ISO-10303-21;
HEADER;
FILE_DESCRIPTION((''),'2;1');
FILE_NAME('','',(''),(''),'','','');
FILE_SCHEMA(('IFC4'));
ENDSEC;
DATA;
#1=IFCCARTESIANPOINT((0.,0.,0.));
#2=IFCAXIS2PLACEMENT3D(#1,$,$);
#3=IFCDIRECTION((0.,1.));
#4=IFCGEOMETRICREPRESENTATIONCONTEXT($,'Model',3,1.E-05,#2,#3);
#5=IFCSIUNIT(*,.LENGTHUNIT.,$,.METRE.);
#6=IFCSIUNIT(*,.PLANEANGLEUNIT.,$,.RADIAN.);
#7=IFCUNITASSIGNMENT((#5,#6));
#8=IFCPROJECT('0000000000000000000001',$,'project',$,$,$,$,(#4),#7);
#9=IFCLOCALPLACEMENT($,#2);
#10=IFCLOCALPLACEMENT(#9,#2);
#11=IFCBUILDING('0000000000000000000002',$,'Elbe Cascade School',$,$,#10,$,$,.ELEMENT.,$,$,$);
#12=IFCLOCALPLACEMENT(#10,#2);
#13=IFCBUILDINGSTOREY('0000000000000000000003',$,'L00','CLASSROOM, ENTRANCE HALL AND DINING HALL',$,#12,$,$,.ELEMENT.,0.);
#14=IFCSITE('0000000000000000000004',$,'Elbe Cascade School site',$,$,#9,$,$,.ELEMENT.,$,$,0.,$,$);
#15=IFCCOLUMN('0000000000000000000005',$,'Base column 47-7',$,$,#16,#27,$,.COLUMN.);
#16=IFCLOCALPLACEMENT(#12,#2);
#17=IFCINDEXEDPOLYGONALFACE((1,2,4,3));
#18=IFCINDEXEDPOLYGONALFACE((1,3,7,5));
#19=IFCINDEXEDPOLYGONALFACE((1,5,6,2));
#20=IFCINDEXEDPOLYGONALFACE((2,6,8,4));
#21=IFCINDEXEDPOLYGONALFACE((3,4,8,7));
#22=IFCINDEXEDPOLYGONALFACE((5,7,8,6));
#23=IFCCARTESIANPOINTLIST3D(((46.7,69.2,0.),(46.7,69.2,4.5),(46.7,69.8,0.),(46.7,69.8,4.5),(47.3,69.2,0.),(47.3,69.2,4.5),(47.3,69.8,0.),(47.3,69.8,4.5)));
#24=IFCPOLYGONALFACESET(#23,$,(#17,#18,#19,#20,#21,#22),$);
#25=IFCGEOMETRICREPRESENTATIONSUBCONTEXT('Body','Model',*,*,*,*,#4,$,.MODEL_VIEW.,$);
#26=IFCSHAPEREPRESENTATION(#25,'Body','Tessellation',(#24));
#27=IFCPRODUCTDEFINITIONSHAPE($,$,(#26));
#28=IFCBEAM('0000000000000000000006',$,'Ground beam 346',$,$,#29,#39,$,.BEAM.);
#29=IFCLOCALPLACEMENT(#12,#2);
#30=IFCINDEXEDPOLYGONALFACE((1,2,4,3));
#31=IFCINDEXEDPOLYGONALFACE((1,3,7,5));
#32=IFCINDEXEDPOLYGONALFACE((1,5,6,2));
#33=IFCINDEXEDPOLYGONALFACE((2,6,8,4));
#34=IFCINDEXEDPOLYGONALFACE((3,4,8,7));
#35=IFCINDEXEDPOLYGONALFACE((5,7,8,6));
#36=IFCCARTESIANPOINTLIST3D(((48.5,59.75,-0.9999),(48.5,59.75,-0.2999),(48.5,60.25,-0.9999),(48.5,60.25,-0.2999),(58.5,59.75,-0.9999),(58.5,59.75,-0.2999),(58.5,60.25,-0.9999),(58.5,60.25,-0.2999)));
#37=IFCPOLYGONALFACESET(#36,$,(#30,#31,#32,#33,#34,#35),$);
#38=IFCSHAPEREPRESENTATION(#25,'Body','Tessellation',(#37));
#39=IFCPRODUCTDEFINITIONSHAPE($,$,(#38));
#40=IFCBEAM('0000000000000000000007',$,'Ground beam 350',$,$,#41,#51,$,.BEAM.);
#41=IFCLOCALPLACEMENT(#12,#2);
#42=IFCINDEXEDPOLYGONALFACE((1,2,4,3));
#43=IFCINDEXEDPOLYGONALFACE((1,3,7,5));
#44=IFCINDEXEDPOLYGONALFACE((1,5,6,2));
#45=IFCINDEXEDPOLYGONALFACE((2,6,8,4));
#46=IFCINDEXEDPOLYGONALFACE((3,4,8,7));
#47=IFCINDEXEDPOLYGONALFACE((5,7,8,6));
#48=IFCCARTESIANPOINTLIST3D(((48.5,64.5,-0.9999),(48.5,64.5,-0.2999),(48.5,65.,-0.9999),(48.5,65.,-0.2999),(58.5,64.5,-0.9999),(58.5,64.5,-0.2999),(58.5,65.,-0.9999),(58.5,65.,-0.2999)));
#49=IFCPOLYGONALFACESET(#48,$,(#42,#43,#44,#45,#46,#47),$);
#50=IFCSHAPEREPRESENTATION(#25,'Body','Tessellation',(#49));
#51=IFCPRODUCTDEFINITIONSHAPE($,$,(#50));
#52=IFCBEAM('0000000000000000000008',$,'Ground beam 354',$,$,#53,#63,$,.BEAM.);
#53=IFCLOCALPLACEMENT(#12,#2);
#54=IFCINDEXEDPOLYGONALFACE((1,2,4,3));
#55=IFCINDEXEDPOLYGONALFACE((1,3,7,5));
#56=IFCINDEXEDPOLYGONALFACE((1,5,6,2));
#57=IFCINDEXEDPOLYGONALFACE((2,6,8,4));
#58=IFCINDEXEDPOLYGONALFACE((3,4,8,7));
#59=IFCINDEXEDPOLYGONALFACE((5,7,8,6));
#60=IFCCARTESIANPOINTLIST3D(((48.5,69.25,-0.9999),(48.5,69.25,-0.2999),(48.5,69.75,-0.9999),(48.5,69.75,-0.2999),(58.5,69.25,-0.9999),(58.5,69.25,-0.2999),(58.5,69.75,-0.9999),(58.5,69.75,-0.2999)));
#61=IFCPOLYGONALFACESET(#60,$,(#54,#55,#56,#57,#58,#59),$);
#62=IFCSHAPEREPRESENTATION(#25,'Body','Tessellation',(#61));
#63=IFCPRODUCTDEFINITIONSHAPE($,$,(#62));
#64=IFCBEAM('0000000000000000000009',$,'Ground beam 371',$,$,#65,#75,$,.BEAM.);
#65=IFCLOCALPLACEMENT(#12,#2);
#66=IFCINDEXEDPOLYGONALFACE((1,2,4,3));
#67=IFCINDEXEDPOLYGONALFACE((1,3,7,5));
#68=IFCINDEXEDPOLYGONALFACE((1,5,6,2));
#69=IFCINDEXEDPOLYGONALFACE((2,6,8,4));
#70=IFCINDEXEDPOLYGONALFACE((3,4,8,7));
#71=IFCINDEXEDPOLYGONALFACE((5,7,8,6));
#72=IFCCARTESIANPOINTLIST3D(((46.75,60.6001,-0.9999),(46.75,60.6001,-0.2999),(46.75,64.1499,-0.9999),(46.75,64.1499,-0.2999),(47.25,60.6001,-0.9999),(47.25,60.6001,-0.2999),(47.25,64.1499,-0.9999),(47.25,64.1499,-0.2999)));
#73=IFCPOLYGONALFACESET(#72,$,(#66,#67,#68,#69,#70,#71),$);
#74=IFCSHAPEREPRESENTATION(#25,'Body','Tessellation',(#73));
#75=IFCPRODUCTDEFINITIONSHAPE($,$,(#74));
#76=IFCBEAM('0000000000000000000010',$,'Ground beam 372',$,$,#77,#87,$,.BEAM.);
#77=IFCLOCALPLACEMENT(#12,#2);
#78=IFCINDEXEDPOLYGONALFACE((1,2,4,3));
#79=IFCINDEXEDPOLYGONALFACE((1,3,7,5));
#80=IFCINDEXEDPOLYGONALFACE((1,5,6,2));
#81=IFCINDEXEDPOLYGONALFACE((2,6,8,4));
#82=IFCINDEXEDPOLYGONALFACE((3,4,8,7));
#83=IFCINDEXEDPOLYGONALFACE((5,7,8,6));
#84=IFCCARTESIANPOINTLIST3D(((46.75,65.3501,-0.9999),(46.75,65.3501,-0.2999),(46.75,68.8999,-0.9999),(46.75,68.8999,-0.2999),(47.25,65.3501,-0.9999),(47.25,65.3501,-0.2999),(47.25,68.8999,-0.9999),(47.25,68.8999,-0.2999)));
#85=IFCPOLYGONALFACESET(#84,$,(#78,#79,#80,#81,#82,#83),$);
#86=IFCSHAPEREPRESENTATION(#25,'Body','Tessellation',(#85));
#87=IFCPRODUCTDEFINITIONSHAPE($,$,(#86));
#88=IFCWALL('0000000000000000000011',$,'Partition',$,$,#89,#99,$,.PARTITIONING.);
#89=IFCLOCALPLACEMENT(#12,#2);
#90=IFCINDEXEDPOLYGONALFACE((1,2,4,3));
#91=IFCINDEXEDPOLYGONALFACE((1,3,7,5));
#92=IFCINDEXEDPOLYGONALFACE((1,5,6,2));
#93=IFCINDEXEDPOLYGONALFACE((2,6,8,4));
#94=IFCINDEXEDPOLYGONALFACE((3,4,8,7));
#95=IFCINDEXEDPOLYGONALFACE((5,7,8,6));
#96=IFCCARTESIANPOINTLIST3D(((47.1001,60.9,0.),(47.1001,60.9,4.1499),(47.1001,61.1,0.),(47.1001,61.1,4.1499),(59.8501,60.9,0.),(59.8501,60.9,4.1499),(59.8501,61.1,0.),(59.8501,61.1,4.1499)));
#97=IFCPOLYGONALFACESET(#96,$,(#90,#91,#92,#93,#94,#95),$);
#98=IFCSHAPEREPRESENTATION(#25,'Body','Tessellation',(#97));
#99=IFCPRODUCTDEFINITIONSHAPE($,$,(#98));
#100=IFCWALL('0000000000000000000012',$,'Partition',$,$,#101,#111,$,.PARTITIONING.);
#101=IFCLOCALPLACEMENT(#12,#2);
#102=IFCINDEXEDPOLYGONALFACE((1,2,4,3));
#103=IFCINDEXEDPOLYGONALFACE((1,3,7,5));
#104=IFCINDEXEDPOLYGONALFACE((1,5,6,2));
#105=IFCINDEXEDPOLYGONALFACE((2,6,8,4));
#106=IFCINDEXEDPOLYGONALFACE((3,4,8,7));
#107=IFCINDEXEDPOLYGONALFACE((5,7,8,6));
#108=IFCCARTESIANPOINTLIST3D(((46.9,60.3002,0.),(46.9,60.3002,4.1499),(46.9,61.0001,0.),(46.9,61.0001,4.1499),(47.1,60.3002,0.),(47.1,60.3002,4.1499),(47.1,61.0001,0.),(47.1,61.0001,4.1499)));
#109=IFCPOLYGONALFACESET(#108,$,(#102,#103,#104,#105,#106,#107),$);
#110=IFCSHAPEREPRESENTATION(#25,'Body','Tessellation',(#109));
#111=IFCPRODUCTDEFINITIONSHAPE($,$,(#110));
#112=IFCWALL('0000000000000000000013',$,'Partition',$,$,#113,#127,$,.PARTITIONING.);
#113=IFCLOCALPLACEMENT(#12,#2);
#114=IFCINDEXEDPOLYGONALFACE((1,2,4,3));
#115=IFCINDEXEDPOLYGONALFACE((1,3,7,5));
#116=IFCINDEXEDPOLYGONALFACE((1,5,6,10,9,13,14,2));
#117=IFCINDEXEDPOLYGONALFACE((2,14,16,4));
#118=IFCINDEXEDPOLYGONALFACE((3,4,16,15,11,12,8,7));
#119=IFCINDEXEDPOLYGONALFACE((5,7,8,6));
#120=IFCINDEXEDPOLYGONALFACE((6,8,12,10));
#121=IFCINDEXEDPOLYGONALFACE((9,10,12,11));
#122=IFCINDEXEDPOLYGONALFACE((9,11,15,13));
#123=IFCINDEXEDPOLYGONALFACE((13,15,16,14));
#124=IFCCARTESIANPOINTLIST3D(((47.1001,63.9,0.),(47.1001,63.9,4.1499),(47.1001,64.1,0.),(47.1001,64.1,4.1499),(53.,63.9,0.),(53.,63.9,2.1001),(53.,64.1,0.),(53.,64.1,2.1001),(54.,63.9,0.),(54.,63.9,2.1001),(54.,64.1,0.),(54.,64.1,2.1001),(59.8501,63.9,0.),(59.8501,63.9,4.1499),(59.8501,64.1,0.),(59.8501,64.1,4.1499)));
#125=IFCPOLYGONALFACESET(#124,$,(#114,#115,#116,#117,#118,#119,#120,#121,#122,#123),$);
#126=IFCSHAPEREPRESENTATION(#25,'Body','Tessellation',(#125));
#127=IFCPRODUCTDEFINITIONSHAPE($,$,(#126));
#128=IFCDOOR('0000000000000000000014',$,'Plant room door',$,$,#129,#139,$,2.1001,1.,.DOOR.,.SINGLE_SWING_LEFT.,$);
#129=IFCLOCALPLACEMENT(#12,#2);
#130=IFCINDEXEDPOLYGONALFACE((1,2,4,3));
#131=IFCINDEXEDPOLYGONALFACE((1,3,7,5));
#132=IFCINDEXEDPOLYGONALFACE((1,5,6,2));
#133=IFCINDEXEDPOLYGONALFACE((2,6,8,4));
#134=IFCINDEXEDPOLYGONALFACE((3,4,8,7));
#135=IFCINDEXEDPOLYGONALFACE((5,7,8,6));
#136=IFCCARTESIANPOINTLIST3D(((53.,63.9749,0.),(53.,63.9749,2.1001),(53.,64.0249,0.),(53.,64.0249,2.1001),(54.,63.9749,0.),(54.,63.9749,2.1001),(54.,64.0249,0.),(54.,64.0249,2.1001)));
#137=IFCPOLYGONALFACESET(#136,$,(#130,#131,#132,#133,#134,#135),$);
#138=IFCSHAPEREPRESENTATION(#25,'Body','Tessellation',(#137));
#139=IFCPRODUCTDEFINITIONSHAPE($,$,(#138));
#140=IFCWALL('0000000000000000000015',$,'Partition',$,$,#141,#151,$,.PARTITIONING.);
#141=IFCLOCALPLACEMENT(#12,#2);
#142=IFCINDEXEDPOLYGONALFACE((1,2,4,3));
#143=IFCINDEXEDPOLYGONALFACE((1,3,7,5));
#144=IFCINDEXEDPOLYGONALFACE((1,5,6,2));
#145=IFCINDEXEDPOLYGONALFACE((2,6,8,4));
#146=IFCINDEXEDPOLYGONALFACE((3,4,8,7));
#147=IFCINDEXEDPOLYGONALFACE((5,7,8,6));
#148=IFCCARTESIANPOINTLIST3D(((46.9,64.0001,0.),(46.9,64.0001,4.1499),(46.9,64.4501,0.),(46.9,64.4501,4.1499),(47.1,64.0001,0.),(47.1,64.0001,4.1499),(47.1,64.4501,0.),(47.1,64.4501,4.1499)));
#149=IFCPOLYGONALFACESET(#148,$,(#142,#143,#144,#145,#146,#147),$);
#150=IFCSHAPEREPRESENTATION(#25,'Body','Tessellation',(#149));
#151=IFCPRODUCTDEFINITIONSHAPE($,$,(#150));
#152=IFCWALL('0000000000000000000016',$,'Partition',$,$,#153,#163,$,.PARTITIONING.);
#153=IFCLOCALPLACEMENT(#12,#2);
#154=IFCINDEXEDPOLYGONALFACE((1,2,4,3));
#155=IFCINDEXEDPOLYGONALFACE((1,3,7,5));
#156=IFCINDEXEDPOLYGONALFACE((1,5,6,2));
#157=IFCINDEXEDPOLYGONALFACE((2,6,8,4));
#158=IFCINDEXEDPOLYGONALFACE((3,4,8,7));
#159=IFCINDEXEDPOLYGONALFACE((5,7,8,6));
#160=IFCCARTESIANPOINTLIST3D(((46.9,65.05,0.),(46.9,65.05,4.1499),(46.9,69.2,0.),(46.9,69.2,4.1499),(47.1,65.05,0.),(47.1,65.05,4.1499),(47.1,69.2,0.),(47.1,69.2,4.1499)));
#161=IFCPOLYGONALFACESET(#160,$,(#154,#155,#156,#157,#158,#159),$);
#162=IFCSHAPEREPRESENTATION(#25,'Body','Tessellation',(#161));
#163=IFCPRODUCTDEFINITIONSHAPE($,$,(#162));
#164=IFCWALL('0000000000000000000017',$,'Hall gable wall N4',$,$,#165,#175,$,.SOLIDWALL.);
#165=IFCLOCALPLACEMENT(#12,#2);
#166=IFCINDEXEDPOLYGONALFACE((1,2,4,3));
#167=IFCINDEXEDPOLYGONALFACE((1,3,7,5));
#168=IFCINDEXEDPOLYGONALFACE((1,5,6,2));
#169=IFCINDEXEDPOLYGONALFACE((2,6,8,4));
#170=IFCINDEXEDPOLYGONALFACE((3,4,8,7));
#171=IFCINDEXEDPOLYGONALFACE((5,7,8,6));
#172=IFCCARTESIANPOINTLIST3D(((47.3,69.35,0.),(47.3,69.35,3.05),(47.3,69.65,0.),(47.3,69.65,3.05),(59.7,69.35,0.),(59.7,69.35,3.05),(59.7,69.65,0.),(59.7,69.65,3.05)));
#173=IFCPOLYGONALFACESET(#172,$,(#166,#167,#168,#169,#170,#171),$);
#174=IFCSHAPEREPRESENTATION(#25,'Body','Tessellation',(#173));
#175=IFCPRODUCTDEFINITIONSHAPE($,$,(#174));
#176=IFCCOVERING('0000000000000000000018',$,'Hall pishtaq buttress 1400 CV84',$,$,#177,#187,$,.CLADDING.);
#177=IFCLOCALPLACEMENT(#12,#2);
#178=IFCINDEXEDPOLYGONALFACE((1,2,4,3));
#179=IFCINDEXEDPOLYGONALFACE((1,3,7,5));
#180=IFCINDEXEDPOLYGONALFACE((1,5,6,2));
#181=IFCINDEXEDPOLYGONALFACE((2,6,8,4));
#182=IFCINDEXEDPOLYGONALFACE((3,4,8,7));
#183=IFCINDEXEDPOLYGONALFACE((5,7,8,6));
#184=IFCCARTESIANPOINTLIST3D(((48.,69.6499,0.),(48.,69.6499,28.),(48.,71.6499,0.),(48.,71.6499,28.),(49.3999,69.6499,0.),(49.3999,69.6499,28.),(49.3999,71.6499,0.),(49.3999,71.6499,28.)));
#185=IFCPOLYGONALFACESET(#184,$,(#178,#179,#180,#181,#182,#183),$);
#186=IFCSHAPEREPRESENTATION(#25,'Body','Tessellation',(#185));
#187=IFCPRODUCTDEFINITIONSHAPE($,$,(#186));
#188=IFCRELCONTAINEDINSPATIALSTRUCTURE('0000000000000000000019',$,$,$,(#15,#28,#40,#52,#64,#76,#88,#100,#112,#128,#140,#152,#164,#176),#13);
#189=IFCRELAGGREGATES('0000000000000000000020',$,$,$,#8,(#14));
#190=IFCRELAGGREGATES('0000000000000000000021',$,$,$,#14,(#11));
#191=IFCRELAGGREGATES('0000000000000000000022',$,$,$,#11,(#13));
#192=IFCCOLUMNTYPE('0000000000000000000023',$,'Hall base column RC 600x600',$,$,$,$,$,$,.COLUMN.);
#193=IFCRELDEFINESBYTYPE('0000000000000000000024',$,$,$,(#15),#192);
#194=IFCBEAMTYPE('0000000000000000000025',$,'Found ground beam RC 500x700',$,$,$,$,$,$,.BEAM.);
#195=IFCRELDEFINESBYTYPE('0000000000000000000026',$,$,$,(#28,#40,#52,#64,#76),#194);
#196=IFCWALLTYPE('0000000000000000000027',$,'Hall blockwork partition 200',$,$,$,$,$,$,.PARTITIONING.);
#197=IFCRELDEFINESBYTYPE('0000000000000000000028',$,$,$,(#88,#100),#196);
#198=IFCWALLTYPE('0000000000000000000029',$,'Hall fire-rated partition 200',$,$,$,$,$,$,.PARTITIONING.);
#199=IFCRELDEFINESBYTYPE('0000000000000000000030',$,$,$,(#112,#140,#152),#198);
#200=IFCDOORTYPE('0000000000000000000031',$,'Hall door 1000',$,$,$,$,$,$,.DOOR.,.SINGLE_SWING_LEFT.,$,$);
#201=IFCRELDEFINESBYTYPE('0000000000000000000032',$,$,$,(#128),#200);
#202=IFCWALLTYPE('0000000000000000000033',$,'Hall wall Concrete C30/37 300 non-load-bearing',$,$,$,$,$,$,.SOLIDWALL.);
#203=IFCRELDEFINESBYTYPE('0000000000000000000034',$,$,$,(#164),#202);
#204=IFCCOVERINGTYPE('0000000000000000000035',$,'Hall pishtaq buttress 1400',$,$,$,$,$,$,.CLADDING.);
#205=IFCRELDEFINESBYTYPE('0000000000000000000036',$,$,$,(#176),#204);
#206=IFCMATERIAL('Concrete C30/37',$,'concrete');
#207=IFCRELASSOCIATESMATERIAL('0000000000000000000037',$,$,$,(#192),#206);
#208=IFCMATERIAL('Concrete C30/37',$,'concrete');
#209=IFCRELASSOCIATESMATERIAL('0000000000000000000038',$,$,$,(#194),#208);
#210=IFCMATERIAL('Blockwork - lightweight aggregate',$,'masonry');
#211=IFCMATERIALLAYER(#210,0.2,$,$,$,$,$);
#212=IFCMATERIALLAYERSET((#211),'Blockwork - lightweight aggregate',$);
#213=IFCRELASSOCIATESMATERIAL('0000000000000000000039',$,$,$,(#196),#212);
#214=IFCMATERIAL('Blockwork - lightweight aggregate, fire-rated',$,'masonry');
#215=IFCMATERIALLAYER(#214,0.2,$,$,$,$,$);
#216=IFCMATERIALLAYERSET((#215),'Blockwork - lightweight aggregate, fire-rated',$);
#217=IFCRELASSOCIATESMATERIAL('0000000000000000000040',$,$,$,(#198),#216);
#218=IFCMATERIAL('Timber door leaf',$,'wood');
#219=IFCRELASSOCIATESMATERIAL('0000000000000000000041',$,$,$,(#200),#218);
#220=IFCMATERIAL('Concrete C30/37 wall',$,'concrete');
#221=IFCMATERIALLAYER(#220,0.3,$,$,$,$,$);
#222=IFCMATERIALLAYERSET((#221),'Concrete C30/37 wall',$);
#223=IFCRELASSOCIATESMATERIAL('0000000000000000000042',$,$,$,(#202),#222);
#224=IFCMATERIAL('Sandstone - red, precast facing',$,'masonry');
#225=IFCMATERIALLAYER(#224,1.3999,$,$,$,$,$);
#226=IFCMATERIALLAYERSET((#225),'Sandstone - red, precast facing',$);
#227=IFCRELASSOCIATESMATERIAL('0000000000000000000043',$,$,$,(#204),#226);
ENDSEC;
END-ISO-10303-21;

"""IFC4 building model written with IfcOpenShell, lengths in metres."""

from ifc_helpers import new_model, si_unit, direction, frame, frame_2d, origin, origin_2d, place, context, subcontext, project, spatial, rectangle, extrude, material, layer, layer_set, material_profile, profile_set, type_object, element, fill, save


model = new_model("IFC4")

# Units and contexts
model_context = context("Model", 3, precision=1e-05, world=origin(), true_north=direction((0.0, 1.0)))
body_context = subcontext(model_context, "Body", "Model", "MODEL_VIEW")
ifc_project = project(units=[si_unit("LENGTHUNIT", "METRE"), si_unit("PLANEANGLEUNIT", "RADIAN")], contexts=[model_context])

# Site, building, storey
site_placement = place(None, origin())
site = spatial("IfcSite", under=ifc_project, at=site_placement, Name="Elbe Cascade School site", CompositionType="ELEMENT", RefElevation=0.0)
building_placement = place(site_placement, origin())
building = spatial("IfcBuilding", under=site, at=building_placement, Name="Elbe Cascade School", CompositionType="ELEMENT")
storey_placement = place(building_placement, origin())
storey = spatial("IfcBuildingStorey", under=building, at=storey_placement, Name="L00", Description="CLASSROOM, ENTRANCE HALL AND DINING HALL", CompositionType="ELEMENT", Elevation=0.0)

# Column
ifc_material_1 = material(Name="Concrete C30/37", Category="concrete")
ifc_material_profile_1 = material_profile(ifc_material_1, rectangle(XDim=0.6001, YDim=0.6001, at=origin_2d()), Name="RC 600x600")
ifc_profile_set_1 = profile_set([ifc_material_profile_1], Name="Concrete C30/37")
column_type = type_object("IfcColumnType", Name="Hall base column RC 600x600", PredefinedType="COLUMN", material=ifc_profile_set_1)
for number, where, z_axis, x_axis, name in (
    (1, (47.0, 69.5, 0.0), (0.0, 0.0, 1.0), (1.0, 0.0, 0.0), "Base column 47-7"),
):
    element("IfcColumn", number, at=place(storey_placement, frame(where, z_axis=z_axis, x_axis=x_axis)), inside=storey, type_object=column_type, Name=name, PredefinedType="COLUMN", context=body_context, shape_type="SweptSolid", body=[
        extrude(rectangle(XDim=0.6001, YDim=0.6001, at=origin_2d()), origin(), (0.0, 0.0, 1.0), 4.5),
    ])

# Beams
ifc_material_2 = material(Name="Concrete C30/37", Category="concrete")
ifc_material_profile_2 = material_profile(ifc_material_2, rectangle(XDim=0.5, YDim=0.7, at=origin_2d()), Name="RC 500x700")
ifc_profile_set_2 = profile_set([ifc_material_profile_2], Name="Concrete C30/37")
beam_type = type_object("IfcBeamType", Name="Found ground beam RC 500x700", PredefinedType="BEAM", material=ifc_profile_set_2)
for number, where, z_axis, x_axis, name in (
    (2, (48.5, 60.0, -0.6499), (1.0, 0.0, 0.0), (0.0, 1.0, 0.0), "Ground beam 346"),
    (3, (48.5, 64.75, -0.6499), (1.0, 0.0, 0.0), (0.0, 1.0, 0.0), "Ground beam 350"),
    (4, (48.5, 69.5, -0.6499), (1.0, 0.0, 0.0), (0.0, 1.0, 0.0), "Ground beam 354"),
):
    element("IfcBeam", number, at=place(storey_placement, frame(where, z_axis=z_axis, x_axis=x_axis)), inside=storey, type_object=beam_type, Name=name, PredefinedType="BEAM", context=body_context, shape_type="SweptSolid", body=[
        extrude(rectangle(XDim=0.5, YDim=0.7, at=origin_2d()), origin(), (0.0, 0.0, 1.0), 10.0),
    ])
for number, where, z_axis, x_axis, name in (
    (5, (47.0, 60.6001, -0.6499), (0.0, 1.0, 0.0), (-1.0, 0.0, 0.0), "Ground beam 371"),
    (6, (47.0, 65.3501, -0.6499), (0.0, 1.0, 0.0), (-1.0, 0.0, 0.0), "Ground beam 372"),
):
    element("IfcBeam", number, at=place(storey_placement, frame(where, z_axis=z_axis, x_axis=x_axis)), inside=storey, type_object=beam_type, Name=name, PredefinedType="BEAM", context=body_context, shape_type="SweptSolid", body=[
        extrude(rectangle(XDim=0.5, YDim=0.7, at=origin_2d()), origin(), (0.0, 0.0, 1.0), 3.5498),
    ])

# Walls
ifc_material_3 = material(Name="Blockwork - lightweight aggregate", Category="masonry")
ifc_layer_1 = layer(ifc_material_3, 0.2)
ifc_layer_set_1 = layer_set([ifc_layer_1], Name="Blockwork - lightweight aggregate")
wall_type_1 = type_object("IfcWallType", Name="Hall blockwork partition 200", PredefinedType="PARTITIONING", material=ifc_layer_set_1)
wall_1_placement = place(storey_placement, frame((47.1001, 61.0, 0.0), z_axis=(0.0, 0.0, 1.0), x_axis=(1.0, 0.0, 0.0)))
element("IfcWall", 7, at=wall_1_placement, inside=storey, type_object=wall_type_1, Name="Partition", PredefinedType="PARTITIONING", context=body_context, shape_type="SweptSolid", body=[
    extrude(rectangle(XDim=12.75, YDim=0.2, at=frame_2d((6.375, 0.0))), origin(), (0.0, 0.0, 1.0), 4.1499),
])
wall_2_placement = place(storey_placement, frame((47.0, 60.3, 0.0), z_axis=(0.0, 0.0, 1.0), x_axis=(0.0, 1.0, 0.0)))
element("IfcWall", 8, at=wall_2_placement, inside=storey, type_object=wall_type_1, Name="Partition", PredefinedType="PARTITIONING", context=body_context, shape_type="SweptSolid", body=[
    extrude(rectangle(XDim=0.7, YDim=0.2, at=frame_2d((0.3501, 0.0))), origin(), (0.0, 0.0, 1.0), 4.1499),
])

# Wall, opening, door
ifc_material_4 = material(Name="Blockwork - lightweight aggregate, fire-rated", Category="masonry")
ifc_layer_2 = layer(ifc_material_4, 0.2)
ifc_layer_set_2 = layer_set([ifc_layer_2], Name="Blockwork - lightweight aggregate, fire-rated")
wall_type_2 = type_object("IfcWallType", Name="Hall fire-rated partition 200", PredefinedType="PARTITIONING", material=ifc_layer_set_2)
wall_3_placement = place(storey_placement, frame((47.1001, 64.0, 0.0), z_axis=(0.0, 0.0, 1.0), x_axis=(1.0, 0.0, 0.0)))
wall_3 = element("IfcWall", 9, at=wall_3_placement, inside=storey, type_object=wall_type_2, Name="Partition", PredefinedType="PARTITIONING", context=body_context, shape_type="SweptSolid", body=[
    extrude(rectangle(XDim=12.75, YDim=0.2, at=frame_2d((6.375, 0.0))), origin(), (0.0, 0.0, 1.0), 4.1499),
])
opening_placement = place(wall_3_placement, frame((5.8999, 0.0, 0.0)))
opening = element("IfcOpeningElement", 10, at=opening_placement, cuts=wall_3, PredefinedType="OPENING", context=body_context, shape_type="SweptSolid", body=[
    extrude(rectangle(XDim=1.0, YDim=2.1001, at=frame_2d((0.5, 1.05))), frame((0.0, 0.1099, 0.0), z_axis=(0.0, -1.0, 0.0), x_axis=(1.0, 0.0, 0.0)), (0.0, 0.0, 1.0), 0.22),
])
ifc_material_5 = material(Name="Timber door leaf", Category="wood")
door_type = type_object("IfcDoorType", Name="Hall door 1000", OperationType="SINGLE_SWING_LEFT", PredefinedType="DOOR", material=ifc_material_5)
door_placement = place(opening_placement, origin())
door = element("IfcDoor", 11, at=door_placement, inside=storey, type_object=door_type, Name="Plant room door", OperationType="SINGLE_SWING_LEFT", OverallHeight=2.1001, OverallWidth=1.0, PredefinedType="DOOR", context=body_context, shape_type="SweptSolid", body=[
    extrude(rectangle(XDim=1.0, YDim=2.1001, at=frame_2d((0.5, 1.05))), frame((0.0, 0.0249, 0.0), z_axis=(0.0, -1.0, 0.0), x_axis=(1.0, 0.0, 0.0)), (0.0, 0.0, 1.0), 0.05),
])
fill(opening, door)

# Walls
wall_4_placement = place(storey_placement, frame((47.0, 64.0, 0.0), z_axis=(0.0, 0.0, 1.0), x_axis=(0.0, 1.0, 0.0)))
element("IfcWall", 12, at=wall_4_placement, inside=storey, type_object=wall_type_2, Name="Partition", PredefinedType="PARTITIONING", context=body_context, shape_type="SweptSolid", body=[
    extrude(rectangle(XDim=0.45, YDim=0.2, at=frame_2d((0.2251, 0.0))), origin(), (0.0, 0.0, 1.0), 4.1499),
])
wall_5_placement = place(storey_placement, frame((47.0, 65.05, 0.0), z_axis=(0.0, 0.0, 1.0), x_axis=(0.0, 1.0, 0.0)))
element("IfcWall", 13, at=wall_5_placement, inside=storey, type_object=wall_type_2, Name="Partition", PredefinedType="PARTITIONING", context=body_context, shape_type="SweptSolid", body=[
    extrude(rectangle(XDim=4.1499, YDim=0.2, at=frame_2d((2.075, 0.0))), origin(), (0.0, 0.0, 1.0), 4.1499),
])
ifc_material_6 = material(Name="Concrete C30/37 wall", Category="concrete")
ifc_layer_3 = layer(ifc_material_6, 0.3)
ifc_layer_set_3 = layer_set([ifc_layer_3], Name="Concrete C30/37 wall")
wall_type_3 = type_object("IfcWallType", Name="Hall wall Concrete C30/37 300 non-load-bearing", PredefinedType="SOLIDWALL", material=ifc_layer_set_3)
wall_6_placement = place(storey_placement, frame((47.3, 69.5, 0.0), z_axis=(0.0, 0.0, 1.0), x_axis=(1.0, 0.0, 0.0)))
element("IfcWall", 14, at=wall_6_placement, inside=storey, type_object=wall_type_3, Name="Hall gable wall N4", PredefinedType="SOLIDWALL", context=body_context, shape_type="SweptSolid", body=[
    extrude(rectangle(XDim=12.3999, YDim=0.3, at=frame_2d((6.2, 0.0))), origin(), (0.0, 0.0, 1.0), 3.05),
])

# Covering
ifc_material_7 = material(Name="Sandstone - red, precast facing", Category="masonry")
ifc_layer_4 = layer(ifc_material_7, 1.3999)
ifc_layer_set_4 = layer_set([ifc_layer_4], Name="Sandstone - red, precast facing")
covering_type_1 = type_object("IfcCoveringType", Name="Hall pishtaq buttress 1400", PredefinedType="CLADDING", material=ifc_layer_set_4)
covering_1_placement = place(storey_placement, frame((48.7, 69.6499, 0.0), z_axis=(0.0, 0.0, 1.0), x_axis=(0.0, 1.0, 0.0)))
element("IfcCovering", 15, at=covering_1_placement, inside=storey, type_object=covering_type_1, Name="Hall pishtaq buttress 1400 CV84", PredefinedType="CLADDING", context=body_context, shape_type="SweptSolid", body=[
    extrude(rectangle(XDim=2.0, YDim=1.3999, at=frame_2d((1.0, 0.0))), origin(), (0.0, 0.0, 1.0), 28.0),
])

save(model, "model.ifc")
